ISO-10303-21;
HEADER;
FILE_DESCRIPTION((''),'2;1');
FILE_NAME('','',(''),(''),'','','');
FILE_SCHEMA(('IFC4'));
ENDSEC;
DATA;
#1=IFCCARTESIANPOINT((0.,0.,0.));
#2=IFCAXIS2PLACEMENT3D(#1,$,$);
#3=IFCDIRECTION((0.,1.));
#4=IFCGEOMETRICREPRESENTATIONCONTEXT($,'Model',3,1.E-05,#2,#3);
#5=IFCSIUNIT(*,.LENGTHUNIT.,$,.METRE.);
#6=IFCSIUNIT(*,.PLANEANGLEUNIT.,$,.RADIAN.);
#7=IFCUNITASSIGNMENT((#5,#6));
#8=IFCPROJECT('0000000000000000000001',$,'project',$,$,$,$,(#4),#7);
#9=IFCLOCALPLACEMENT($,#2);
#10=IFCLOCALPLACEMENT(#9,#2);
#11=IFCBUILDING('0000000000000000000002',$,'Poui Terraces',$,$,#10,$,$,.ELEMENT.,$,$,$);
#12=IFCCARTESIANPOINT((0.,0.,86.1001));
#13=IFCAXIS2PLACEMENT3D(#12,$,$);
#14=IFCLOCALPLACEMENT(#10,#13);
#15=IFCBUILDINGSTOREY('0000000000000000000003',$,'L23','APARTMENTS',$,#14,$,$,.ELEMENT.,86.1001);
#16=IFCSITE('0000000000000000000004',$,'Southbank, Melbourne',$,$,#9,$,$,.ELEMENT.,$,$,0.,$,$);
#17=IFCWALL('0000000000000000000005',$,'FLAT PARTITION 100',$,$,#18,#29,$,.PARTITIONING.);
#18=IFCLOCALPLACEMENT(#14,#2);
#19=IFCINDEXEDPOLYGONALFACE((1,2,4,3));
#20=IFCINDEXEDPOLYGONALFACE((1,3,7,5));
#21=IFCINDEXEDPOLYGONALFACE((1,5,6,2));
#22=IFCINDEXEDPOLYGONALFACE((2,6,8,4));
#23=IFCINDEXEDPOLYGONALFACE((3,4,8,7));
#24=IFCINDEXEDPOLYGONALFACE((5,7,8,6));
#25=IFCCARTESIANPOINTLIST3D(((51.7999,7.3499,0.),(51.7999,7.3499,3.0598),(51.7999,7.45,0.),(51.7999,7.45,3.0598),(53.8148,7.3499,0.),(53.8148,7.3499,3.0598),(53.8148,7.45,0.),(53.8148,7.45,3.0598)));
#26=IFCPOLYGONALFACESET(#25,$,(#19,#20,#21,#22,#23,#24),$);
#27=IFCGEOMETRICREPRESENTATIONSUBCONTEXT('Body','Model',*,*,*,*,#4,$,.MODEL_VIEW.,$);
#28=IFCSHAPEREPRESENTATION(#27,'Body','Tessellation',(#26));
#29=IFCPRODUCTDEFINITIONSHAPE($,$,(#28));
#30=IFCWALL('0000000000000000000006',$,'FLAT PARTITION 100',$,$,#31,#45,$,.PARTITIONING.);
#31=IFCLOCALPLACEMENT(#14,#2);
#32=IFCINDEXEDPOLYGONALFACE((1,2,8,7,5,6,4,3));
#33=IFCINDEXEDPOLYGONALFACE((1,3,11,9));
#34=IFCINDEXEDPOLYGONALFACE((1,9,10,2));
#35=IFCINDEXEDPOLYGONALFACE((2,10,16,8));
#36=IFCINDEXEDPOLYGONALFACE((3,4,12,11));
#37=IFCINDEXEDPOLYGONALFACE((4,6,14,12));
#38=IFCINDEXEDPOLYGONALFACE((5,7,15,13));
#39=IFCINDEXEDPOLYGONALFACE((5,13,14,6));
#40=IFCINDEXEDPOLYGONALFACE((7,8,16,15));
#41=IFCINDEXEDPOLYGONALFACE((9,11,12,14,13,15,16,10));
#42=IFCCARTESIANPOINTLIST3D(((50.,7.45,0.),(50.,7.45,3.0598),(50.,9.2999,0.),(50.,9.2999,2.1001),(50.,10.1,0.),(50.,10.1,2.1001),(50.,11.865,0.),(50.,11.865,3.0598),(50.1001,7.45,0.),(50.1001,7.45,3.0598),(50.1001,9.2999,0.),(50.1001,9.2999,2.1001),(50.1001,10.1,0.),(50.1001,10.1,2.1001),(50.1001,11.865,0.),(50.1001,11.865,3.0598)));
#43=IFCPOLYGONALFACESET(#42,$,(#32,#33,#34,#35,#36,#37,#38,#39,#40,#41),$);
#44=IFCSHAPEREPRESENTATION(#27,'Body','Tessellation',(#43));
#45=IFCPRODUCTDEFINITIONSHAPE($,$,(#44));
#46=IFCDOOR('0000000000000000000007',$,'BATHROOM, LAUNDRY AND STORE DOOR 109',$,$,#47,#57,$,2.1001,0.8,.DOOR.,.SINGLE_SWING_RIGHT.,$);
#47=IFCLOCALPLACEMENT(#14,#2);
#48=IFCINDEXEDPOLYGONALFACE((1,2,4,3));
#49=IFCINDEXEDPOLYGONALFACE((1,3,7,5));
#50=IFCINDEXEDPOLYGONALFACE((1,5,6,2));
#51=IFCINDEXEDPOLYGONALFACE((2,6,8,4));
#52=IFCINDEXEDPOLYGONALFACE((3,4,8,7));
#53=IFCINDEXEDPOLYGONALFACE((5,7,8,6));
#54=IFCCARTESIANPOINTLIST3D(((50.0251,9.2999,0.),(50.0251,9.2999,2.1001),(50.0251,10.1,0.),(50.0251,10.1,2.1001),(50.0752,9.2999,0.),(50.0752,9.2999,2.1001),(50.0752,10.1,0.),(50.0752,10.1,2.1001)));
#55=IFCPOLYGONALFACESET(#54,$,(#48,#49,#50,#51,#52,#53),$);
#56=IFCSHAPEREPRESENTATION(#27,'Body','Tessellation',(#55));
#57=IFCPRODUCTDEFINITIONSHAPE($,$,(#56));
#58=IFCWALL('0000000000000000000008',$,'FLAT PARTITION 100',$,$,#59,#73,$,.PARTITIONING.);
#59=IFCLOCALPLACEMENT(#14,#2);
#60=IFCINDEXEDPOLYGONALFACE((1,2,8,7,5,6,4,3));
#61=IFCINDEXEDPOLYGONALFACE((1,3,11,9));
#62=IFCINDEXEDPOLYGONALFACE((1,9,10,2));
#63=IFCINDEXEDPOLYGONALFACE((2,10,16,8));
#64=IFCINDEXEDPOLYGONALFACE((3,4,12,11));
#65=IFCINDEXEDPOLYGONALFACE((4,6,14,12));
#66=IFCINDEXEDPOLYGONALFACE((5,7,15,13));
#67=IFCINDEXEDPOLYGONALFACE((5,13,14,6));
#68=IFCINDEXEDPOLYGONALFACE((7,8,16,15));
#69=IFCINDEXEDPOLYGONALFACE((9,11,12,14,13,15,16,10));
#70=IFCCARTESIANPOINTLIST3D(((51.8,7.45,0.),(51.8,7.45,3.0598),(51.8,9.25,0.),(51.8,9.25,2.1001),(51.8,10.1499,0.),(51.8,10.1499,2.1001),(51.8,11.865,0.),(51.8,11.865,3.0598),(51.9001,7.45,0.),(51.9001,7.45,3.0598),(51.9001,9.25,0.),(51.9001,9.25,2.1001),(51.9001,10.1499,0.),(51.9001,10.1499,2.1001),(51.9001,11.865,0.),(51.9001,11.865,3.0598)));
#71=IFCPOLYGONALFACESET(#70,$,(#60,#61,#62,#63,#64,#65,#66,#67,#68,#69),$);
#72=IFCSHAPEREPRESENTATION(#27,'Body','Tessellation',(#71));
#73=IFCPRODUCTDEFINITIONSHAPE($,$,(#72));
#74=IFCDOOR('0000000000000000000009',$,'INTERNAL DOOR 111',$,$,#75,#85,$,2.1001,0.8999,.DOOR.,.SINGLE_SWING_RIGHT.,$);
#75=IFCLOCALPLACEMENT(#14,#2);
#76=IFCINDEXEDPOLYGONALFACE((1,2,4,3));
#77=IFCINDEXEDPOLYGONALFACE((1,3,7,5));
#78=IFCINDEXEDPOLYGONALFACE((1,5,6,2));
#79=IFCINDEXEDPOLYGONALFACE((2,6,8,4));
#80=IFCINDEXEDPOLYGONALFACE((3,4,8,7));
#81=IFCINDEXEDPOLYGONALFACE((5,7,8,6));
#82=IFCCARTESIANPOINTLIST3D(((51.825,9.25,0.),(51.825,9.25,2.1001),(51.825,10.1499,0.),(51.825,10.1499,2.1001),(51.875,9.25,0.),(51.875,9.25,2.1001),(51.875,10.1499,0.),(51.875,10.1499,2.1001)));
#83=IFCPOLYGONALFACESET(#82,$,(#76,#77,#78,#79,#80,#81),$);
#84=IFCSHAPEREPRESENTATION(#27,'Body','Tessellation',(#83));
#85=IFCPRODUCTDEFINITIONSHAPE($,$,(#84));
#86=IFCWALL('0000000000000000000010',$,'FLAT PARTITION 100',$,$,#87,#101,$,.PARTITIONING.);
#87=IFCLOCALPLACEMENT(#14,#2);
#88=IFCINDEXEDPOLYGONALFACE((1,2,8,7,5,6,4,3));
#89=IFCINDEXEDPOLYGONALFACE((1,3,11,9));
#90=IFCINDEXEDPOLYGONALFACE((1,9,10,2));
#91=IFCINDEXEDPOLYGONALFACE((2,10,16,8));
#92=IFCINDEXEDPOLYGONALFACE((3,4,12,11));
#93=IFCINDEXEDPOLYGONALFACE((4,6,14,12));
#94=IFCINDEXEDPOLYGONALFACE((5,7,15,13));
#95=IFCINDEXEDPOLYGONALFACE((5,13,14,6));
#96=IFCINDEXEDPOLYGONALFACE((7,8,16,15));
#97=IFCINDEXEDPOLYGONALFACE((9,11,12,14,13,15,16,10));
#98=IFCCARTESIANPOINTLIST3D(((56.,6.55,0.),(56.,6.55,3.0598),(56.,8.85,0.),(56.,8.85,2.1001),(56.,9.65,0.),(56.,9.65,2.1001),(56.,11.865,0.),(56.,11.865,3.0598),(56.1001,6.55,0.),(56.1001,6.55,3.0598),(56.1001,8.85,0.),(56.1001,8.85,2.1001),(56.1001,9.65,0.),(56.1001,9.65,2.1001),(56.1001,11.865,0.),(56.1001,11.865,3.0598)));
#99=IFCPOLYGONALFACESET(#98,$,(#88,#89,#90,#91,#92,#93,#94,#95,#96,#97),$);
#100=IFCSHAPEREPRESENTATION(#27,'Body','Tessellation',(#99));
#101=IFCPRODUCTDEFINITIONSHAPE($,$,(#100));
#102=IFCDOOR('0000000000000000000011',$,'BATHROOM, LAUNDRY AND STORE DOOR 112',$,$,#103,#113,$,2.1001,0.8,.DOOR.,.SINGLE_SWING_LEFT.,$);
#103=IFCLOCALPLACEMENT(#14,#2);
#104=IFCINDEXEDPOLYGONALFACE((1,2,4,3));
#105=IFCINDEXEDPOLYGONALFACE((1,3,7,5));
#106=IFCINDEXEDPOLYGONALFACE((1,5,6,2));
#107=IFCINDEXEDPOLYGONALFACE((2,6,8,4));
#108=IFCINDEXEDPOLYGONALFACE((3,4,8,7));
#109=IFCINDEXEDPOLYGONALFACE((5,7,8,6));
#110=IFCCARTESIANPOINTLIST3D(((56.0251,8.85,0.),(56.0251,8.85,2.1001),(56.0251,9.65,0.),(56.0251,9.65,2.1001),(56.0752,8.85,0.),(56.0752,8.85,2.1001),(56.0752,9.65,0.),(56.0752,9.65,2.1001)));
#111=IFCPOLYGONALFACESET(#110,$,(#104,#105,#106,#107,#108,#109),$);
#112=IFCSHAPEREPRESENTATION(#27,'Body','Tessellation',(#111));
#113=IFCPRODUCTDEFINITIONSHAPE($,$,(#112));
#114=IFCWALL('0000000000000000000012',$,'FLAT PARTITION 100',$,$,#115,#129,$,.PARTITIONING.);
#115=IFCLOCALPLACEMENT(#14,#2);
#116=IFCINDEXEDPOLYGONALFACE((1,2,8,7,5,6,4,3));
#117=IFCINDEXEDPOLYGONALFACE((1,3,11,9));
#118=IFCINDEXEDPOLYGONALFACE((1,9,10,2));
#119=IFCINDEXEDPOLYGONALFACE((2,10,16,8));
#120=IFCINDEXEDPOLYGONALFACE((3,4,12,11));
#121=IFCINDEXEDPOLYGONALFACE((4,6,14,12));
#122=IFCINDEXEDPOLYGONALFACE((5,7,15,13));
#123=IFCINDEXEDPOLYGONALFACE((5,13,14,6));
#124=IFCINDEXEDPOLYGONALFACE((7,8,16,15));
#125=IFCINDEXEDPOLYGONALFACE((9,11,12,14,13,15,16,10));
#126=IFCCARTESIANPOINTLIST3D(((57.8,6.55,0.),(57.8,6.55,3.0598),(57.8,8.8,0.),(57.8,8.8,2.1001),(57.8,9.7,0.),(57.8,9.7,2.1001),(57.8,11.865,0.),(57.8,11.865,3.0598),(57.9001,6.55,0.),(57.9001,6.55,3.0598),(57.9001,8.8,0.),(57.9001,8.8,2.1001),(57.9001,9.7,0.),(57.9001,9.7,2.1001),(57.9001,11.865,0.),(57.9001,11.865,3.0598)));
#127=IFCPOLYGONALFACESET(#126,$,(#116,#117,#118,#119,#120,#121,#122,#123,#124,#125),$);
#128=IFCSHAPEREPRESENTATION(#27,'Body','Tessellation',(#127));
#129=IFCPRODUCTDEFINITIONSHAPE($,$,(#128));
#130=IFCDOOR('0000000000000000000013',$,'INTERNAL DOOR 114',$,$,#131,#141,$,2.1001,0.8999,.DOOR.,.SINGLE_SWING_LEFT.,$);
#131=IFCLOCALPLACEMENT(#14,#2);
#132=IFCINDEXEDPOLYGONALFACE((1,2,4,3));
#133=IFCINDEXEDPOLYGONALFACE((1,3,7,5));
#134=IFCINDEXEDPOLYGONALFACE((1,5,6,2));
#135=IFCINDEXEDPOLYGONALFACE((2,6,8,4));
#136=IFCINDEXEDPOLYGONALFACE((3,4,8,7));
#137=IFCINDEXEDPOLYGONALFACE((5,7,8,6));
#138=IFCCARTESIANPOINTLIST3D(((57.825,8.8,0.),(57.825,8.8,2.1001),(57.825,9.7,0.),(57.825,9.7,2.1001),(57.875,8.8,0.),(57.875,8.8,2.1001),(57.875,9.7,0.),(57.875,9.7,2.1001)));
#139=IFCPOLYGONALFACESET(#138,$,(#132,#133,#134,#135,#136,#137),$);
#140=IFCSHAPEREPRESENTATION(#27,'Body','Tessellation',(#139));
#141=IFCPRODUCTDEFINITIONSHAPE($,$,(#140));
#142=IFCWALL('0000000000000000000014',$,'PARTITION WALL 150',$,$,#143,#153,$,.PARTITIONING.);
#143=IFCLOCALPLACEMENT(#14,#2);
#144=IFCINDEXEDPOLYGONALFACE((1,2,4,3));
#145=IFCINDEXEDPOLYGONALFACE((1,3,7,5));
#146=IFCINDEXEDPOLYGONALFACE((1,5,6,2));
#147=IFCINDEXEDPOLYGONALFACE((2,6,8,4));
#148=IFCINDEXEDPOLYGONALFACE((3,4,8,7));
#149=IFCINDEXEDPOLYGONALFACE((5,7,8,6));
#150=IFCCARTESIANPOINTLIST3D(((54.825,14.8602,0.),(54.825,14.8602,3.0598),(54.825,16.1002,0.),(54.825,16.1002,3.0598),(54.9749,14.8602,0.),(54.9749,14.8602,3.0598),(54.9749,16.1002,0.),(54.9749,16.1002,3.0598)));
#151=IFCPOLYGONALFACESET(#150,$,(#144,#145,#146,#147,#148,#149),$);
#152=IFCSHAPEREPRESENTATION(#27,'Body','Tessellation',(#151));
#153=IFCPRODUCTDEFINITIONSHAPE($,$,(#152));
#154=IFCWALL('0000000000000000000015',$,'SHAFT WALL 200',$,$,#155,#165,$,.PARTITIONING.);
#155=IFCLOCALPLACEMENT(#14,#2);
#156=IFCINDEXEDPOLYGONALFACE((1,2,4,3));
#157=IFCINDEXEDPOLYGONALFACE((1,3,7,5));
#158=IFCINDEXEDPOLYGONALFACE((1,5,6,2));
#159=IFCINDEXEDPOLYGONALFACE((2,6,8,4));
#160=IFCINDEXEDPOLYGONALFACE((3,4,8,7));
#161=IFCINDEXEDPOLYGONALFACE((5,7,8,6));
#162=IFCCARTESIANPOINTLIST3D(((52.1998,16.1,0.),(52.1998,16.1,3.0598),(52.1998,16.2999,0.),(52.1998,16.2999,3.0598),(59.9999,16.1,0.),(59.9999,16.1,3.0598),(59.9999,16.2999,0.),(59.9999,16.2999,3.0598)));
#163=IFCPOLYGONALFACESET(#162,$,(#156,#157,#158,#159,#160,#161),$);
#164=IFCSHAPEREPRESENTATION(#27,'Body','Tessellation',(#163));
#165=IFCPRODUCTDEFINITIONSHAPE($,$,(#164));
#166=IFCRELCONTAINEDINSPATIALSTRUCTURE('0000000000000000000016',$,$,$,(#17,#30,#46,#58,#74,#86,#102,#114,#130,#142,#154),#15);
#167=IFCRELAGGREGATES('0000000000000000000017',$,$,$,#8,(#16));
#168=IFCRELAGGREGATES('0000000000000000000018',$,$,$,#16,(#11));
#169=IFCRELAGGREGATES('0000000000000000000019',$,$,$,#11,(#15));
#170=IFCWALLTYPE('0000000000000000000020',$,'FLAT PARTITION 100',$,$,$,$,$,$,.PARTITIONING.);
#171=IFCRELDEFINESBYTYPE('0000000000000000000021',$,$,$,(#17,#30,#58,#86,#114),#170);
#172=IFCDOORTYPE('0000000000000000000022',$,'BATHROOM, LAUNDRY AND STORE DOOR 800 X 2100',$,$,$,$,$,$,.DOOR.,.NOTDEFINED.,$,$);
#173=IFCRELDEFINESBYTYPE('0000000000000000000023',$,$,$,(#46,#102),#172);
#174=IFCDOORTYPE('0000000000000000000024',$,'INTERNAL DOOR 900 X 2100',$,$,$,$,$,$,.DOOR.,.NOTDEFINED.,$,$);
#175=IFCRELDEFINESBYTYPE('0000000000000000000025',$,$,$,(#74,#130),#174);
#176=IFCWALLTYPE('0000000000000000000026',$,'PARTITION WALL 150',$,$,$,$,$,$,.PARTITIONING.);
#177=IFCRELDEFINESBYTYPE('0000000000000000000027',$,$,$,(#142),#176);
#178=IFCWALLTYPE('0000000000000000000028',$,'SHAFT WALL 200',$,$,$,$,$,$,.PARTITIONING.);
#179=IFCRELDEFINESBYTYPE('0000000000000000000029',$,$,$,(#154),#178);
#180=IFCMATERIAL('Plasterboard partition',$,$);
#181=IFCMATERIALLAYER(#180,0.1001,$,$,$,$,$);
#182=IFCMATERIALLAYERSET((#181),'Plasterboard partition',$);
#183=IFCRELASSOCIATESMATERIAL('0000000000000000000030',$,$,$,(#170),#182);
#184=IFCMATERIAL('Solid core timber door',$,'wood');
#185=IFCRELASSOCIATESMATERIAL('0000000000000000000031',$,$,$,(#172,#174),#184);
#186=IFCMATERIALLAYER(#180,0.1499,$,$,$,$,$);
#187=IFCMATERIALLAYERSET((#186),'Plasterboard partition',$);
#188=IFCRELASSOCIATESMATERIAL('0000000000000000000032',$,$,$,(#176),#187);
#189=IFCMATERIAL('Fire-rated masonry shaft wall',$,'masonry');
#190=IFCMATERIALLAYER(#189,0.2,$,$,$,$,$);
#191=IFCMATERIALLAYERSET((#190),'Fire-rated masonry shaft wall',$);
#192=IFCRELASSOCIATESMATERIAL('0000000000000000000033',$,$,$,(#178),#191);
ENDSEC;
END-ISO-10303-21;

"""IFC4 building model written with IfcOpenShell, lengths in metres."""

from ifc_helpers import new_model, si_unit, direction, frame, frame_2d, origin, place, context, subcontext, project, spatial, rectangle, extrude, material, layer, layer_set, type_object, element, fill, save


model = new_model("IFC4")

# Units and contexts
model_context = context("Model", 3, precision=1e-05, world=origin(), true_north=direction((0.0, 1.0)))
body_context = subcontext(model_context, "Body", "Model", "MODEL_VIEW")
ifc_project = project(units=[si_unit("LENGTHUNIT", "METRE"), si_unit("PLANEANGLEUNIT", "RADIAN")], contexts=[model_context])

# Site, building, storey
site_placement = place(None, origin())
site = spatial("IfcSite", under=ifc_project, at=site_placement, Name="Southbank, Melbourne", CompositionType="ELEMENT", RefElevation=0.0)
building_placement = place(site_placement, origin())
building = spatial("IfcBuilding", under=site, at=building_placement, Name="Poui Terraces", CompositionType="ELEMENT")
storey_placement = place(building_placement, frame((0.0, 0.0, 86.1001)))
storey = spatial("IfcBuildingStorey", under=building, at=storey_placement, Name="L23", Description="APARTMENTS", CompositionType="ELEMENT", Elevation=86.1001)

# Wall
ifc_material_1 = material(Name="Plasterboard partition")
ifc_layer_1 = layer(ifc_material_1, 0.1001)
ifc_layer_set_1 = layer_set([ifc_layer_1], Name="Plasterboard partition")
wall_type_1 = type_object("IfcWallType", Name="FLAT PARTITION 100", PredefinedType="PARTITIONING", material=ifc_layer_set_1)
wall_1_placement = place(storey_placement, frame((51.8, 7.3999, 0.0), z_axis=(0.0, 0.0, 1.0), x_axis=(1.0, 0.0, 0.0)))
element("IfcWall", 1, at=wall_1_placement, inside=storey, type_object=wall_type_1, Name="FLAT PARTITION 100", PredefinedType="PARTITIONING", context=body_context, shape_type="SweptSolid", body=[
    extrude(rectangle(XDim=2.0149, YDim=0.1001, at=frame_2d((1.0073, 0.0))), origin(), (0.0, 0.0, 1.0), 3.0598),
])

# Walls, openings, doors
wall_2_placement = place(storey_placement, frame((50.05, 7.45, 0.0), z_axis=(0.0, 0.0, 1.0), x_axis=(0.0, 1.0, 0.0)))
wall_2 = element("IfcWall", 2, at=wall_2_placement, inside=storey, type_object=wall_type_1, Name="FLAT PARTITION 100", PredefinedType="PARTITIONING", context=body_context, shape_type="SweptSolid", body=[
    extrude(rectangle(XDim=4.415, YDim=0.1001, at=frame_2d((2.2075, 0.0))), origin(), (0.0, 0.0, 1.0), 3.0598),
])
opening_1_placement = place(wall_2_placement, frame((1.8501, 0.0, 0.0)))
opening_1 = element("IfcOpeningElement", 3, at=opening_1_placement, cuts=wall_2, PredefinedType="OPENING", context=body_context, shape_type="SweptSolid", body=[
    extrude(rectangle(XDim=0.8, YDim=2.1001, at=frame_2d((0.3999, 1.05))), frame((0.0, 0.0601, 0.0), z_axis=(0.0, -1.0, 0.0), x_axis=(1.0, 0.0, 0.0)), (0.0, 0.0, 1.0), 0.1201),
])
ifc_material_2 = material(Name="Solid core timber door", Category="wood")
door_type_1 = type_object("IfcDoorType", Name="BATHROOM, LAUNDRY AND STORE DOOR 800 X 2100", OperationType="NOTDEFINED", PredefinedType="DOOR", material=ifc_material_2)
door_1_placement = place(opening_1_placement, origin())
door_1 = element("IfcDoor", 4, at=door_1_placement, inside=storey, type_object=door_type_1, Name="BATHROOM, LAUNDRY AND STORE DOOR 109", OperationType="SINGLE_SWING_RIGHT", OverallHeight=2.1001, OverallWidth=0.8, PredefinedType="DOOR", context=body_context, shape_type="SweptSolid", body=[
    extrude(rectangle(XDim=0.8, YDim=2.1001, at=frame_2d((0.3999, 1.05))), frame((0.0, 0.0249, 0.0), z_axis=(0.0, -1.0, 0.0), x_axis=(1.0, 0.0, 0.0)), (0.0, 0.0, 1.0), 0.05),
])
fill(opening_1, door_1)
wall_3_placement = place(storey_placement, frame((51.8501, 7.45, 0.0), z_axis=(0.0, 0.0, 1.0), x_axis=(0.0, 1.0, 0.0)))
wall_3 = element("IfcWall", 5, at=wall_3_placement, inside=storey, type_object=wall_type_1, Name="FLAT PARTITION 100", PredefinedType="PARTITIONING", context=body_context, shape_type="SweptSolid", body=[
    extrude(rectangle(XDim=4.415, YDim=0.1001, at=frame_2d((2.2075, 0.0))), origin(), (0.0, 0.0, 1.0), 3.0598),
])
opening_2_placement = place(wall_3_placement, frame((1.8, 0.0, 0.0)))
opening_2 = element("IfcOpeningElement", 6, at=opening_2_placement, cuts=wall_3, PredefinedType="OPENING", context=body_context, shape_type="SweptSolid", body=[
    extrude(rectangle(XDim=0.8999, YDim=2.1001, at=frame_2d((0.45, 1.05))), frame((0.0, 0.0601, 0.0), z_axis=(0.0, -1.0, 0.0), x_axis=(1.0, 0.0, 0.0)), (0.0, 0.0, 1.0), 0.1201),
])
door_type_2 = type_object("IfcDoorType", Name="INTERNAL DOOR 900 X 2100", OperationType="NOTDEFINED", PredefinedType="DOOR", material=ifc_material_2)
door_2_placement = place(opening_2_placement, frame((0.8999, 0.0, 0.0), z_axis=(0.0, 0.0, 1.0), x_axis=(-1.0, 0.0, 0.0)))
door_2 = element("IfcDoor", 7, at=door_2_placement, inside=storey, type_object=door_type_2, Name="INTERNAL DOOR 111", OperationType="SINGLE_SWING_RIGHT", OverallHeight=2.1001, OverallWidth=0.8999, PredefinedType="DOOR", context=body_context, shape_type="SweptSolid", body=[
    extrude(rectangle(XDim=0.8999, YDim=2.1001, at=frame_2d((0.45, 1.05))), frame((0.0, 0.0249, 0.0), z_axis=(0.0, -1.0, 0.0), x_axis=(1.0, 0.0, 0.0)), (0.0, 0.0, 1.0), 0.05),
])
fill(opening_2, door_2)
wall_4_placement = place(storey_placement, frame((56.05, 6.55, 0.0), z_axis=(0.0, 0.0, 1.0), x_axis=(0.0, 1.0, 0.0)))
wall_4 = element("IfcWall", 8, at=wall_4_placement, inside=storey, type_object=wall_type_1, Name="FLAT PARTITION 100", PredefinedType="PARTITIONING", context=body_context, shape_type="SweptSolid", body=[
    extrude(rectangle(XDim=5.3149, YDim=0.1001, at=frame_2d((2.6575, 0.0))), origin(), (0.0, 0.0, 1.0), 3.0598),
])
opening_3_placement = place(wall_4_placement, frame((2.3, 0.0, 0.0)))
opening_3 = element("IfcOpeningElement", 9, at=opening_3_placement, cuts=wall_4, PredefinedType="OPENING", context=body_context, shape_type="SweptSolid", body=[
    extrude(rectangle(XDim=0.8, YDim=2.1001, at=frame_2d((0.3999, 1.05))), frame((0.0, 0.0601, 0.0), z_axis=(0.0, -1.0, 0.0), x_axis=(1.0, 0.0, 0.0)), (0.0, 0.0, 1.0), 0.1201),
])
door_3_placement = place(opening_3_placement, origin())
door_3 = element("IfcDoor", 10, at=door_3_placement, inside=storey, type_object=door_type_1, Name="BATHROOM, LAUNDRY AND STORE DOOR 112", OperationType="SINGLE_SWING_LEFT", OverallHeight=2.1001, OverallWidth=0.8, PredefinedType="DOOR", context=body_context, shape_type="SweptSolid", body=[
    extrude(rectangle(XDim=0.8, YDim=2.1001, at=frame_2d((0.3999, 1.05))), frame((0.0, 0.0249, 0.0), z_axis=(0.0, -1.0, 0.0), x_axis=(1.0, 0.0, 0.0)), (0.0, 0.0, 1.0), 0.05),
])
fill(opening_3, door_3)
wall_5_placement = place(storey_placement, frame((57.8501, 6.55, 0.0), z_axis=(0.0, 0.0, 1.0), x_axis=(0.0, 1.0, 0.0)))
wall_5 = element("IfcWall", 11, at=wall_5_placement, inside=storey, type_object=wall_type_1, Name="FLAT PARTITION 100", PredefinedType="PARTITIONING", context=body_context, shape_type="SweptSolid", body=[
    extrude(rectangle(XDim=5.3149, YDim=0.1001, at=frame_2d((2.6575, 0.0))), origin(), (0.0, 0.0, 1.0), 3.0598),
])
opening_4_placement = place(wall_5_placement, frame((2.25, 0.0, 0.0)))
opening_4 = element("IfcOpeningElement", 12, at=opening_4_placement, cuts=wall_5, PredefinedType="OPENING", context=body_context, shape_type="SweptSolid", body=[
    extrude(rectangle(XDim=0.8999, YDim=2.1001, at=frame_2d((0.45, 1.05))), frame((0.0, 0.0601, 0.0), z_axis=(0.0, -1.0, 0.0), x_axis=(1.0, 0.0, 0.0)), (0.0, 0.0, 1.0), 0.1201),
])
door_4_placement = place(opening_4_placement, frame((0.8999, 0.0, 0.0), z_axis=(0.0, 0.0, 1.0), x_axis=(-1.0, 0.0, 0.0)))
door_4 = element("IfcDoor", 13, at=door_4_placement, inside=storey, type_object=door_type_2, Name="INTERNAL DOOR 114", OperationType="SINGLE_SWING_LEFT", OverallHeight=2.1001, OverallWidth=0.8999, PredefinedType="DOOR", context=body_context, shape_type="SweptSolid", body=[
    extrude(rectangle(XDim=0.8999, YDim=2.1001, at=frame_2d((0.45, 1.05))), frame((0.0, 0.0249, 0.0), z_axis=(0.0, -1.0, 0.0), x_axis=(1.0, 0.0, 0.0)), (0.0, 0.0, 1.0), 0.05),
])
fill(opening_4, door_4)

# Walls
ifc_layer_2 = layer(ifc_material_1, 0.1499)
ifc_layer_set_2 = layer_set([ifc_layer_2], Name="Plasterboard partition")
wall_type_2 = type_object("IfcWallType", Name="PARTITION WALL 150", PredefinedType="PARTITIONING", material=ifc_layer_set_2)
wall_6_placement = place(storey_placement, frame((54.8999, 14.8601, 0.0), z_axis=(0.0, 0.0, 1.0), x_axis=(0.0, 1.0, 0.0)))
element("IfcWall", 14, at=wall_6_placement, inside=storey, type_object=wall_type_2, Name="PARTITION WALL 150", PredefinedType="PARTITIONING", context=body_context, shape_type="SweptSolid", body=[
    extrude(rectangle(XDim=1.24, YDim=0.1499, at=frame_2d((0.6201, 0.0))), origin(), (0.0, 0.0, 1.0), 3.0598),
])
ifc_material_3 = material(Name="Fire-rated masonry shaft wall", Category="masonry")
ifc_layer_3 = layer(ifc_material_3, 0.2)
ifc_layer_set_3 = layer_set([ifc_layer_3], Name="Fire-rated masonry shaft wall")
wall_type_3 = type_object("IfcWallType", Name="SHAFT WALL 200", PredefinedType="PARTITIONING", material=ifc_layer_set_3)
wall_7_placement = place(storey_placement, frame((52.2, 16.2, 0.0), z_axis=(0.0, 0.0, 1.0), x_axis=(1.0, 0.0, 0.0)))
element("IfcWall", 15, at=wall_7_placement, inside=storey, type_object=wall_type_3, Name="SHAFT WALL 200", PredefinedType="PARTITIONING", context=body_context, shape_type="SweptSolid", body=[
    extrude(rectangle(XDim=7.8, YDim=0.2, at=frame_2d((3.8999, 0.0))), origin(), (0.0, 0.0, 1.0), 3.0598),
])

save(model, "model.ifc")
